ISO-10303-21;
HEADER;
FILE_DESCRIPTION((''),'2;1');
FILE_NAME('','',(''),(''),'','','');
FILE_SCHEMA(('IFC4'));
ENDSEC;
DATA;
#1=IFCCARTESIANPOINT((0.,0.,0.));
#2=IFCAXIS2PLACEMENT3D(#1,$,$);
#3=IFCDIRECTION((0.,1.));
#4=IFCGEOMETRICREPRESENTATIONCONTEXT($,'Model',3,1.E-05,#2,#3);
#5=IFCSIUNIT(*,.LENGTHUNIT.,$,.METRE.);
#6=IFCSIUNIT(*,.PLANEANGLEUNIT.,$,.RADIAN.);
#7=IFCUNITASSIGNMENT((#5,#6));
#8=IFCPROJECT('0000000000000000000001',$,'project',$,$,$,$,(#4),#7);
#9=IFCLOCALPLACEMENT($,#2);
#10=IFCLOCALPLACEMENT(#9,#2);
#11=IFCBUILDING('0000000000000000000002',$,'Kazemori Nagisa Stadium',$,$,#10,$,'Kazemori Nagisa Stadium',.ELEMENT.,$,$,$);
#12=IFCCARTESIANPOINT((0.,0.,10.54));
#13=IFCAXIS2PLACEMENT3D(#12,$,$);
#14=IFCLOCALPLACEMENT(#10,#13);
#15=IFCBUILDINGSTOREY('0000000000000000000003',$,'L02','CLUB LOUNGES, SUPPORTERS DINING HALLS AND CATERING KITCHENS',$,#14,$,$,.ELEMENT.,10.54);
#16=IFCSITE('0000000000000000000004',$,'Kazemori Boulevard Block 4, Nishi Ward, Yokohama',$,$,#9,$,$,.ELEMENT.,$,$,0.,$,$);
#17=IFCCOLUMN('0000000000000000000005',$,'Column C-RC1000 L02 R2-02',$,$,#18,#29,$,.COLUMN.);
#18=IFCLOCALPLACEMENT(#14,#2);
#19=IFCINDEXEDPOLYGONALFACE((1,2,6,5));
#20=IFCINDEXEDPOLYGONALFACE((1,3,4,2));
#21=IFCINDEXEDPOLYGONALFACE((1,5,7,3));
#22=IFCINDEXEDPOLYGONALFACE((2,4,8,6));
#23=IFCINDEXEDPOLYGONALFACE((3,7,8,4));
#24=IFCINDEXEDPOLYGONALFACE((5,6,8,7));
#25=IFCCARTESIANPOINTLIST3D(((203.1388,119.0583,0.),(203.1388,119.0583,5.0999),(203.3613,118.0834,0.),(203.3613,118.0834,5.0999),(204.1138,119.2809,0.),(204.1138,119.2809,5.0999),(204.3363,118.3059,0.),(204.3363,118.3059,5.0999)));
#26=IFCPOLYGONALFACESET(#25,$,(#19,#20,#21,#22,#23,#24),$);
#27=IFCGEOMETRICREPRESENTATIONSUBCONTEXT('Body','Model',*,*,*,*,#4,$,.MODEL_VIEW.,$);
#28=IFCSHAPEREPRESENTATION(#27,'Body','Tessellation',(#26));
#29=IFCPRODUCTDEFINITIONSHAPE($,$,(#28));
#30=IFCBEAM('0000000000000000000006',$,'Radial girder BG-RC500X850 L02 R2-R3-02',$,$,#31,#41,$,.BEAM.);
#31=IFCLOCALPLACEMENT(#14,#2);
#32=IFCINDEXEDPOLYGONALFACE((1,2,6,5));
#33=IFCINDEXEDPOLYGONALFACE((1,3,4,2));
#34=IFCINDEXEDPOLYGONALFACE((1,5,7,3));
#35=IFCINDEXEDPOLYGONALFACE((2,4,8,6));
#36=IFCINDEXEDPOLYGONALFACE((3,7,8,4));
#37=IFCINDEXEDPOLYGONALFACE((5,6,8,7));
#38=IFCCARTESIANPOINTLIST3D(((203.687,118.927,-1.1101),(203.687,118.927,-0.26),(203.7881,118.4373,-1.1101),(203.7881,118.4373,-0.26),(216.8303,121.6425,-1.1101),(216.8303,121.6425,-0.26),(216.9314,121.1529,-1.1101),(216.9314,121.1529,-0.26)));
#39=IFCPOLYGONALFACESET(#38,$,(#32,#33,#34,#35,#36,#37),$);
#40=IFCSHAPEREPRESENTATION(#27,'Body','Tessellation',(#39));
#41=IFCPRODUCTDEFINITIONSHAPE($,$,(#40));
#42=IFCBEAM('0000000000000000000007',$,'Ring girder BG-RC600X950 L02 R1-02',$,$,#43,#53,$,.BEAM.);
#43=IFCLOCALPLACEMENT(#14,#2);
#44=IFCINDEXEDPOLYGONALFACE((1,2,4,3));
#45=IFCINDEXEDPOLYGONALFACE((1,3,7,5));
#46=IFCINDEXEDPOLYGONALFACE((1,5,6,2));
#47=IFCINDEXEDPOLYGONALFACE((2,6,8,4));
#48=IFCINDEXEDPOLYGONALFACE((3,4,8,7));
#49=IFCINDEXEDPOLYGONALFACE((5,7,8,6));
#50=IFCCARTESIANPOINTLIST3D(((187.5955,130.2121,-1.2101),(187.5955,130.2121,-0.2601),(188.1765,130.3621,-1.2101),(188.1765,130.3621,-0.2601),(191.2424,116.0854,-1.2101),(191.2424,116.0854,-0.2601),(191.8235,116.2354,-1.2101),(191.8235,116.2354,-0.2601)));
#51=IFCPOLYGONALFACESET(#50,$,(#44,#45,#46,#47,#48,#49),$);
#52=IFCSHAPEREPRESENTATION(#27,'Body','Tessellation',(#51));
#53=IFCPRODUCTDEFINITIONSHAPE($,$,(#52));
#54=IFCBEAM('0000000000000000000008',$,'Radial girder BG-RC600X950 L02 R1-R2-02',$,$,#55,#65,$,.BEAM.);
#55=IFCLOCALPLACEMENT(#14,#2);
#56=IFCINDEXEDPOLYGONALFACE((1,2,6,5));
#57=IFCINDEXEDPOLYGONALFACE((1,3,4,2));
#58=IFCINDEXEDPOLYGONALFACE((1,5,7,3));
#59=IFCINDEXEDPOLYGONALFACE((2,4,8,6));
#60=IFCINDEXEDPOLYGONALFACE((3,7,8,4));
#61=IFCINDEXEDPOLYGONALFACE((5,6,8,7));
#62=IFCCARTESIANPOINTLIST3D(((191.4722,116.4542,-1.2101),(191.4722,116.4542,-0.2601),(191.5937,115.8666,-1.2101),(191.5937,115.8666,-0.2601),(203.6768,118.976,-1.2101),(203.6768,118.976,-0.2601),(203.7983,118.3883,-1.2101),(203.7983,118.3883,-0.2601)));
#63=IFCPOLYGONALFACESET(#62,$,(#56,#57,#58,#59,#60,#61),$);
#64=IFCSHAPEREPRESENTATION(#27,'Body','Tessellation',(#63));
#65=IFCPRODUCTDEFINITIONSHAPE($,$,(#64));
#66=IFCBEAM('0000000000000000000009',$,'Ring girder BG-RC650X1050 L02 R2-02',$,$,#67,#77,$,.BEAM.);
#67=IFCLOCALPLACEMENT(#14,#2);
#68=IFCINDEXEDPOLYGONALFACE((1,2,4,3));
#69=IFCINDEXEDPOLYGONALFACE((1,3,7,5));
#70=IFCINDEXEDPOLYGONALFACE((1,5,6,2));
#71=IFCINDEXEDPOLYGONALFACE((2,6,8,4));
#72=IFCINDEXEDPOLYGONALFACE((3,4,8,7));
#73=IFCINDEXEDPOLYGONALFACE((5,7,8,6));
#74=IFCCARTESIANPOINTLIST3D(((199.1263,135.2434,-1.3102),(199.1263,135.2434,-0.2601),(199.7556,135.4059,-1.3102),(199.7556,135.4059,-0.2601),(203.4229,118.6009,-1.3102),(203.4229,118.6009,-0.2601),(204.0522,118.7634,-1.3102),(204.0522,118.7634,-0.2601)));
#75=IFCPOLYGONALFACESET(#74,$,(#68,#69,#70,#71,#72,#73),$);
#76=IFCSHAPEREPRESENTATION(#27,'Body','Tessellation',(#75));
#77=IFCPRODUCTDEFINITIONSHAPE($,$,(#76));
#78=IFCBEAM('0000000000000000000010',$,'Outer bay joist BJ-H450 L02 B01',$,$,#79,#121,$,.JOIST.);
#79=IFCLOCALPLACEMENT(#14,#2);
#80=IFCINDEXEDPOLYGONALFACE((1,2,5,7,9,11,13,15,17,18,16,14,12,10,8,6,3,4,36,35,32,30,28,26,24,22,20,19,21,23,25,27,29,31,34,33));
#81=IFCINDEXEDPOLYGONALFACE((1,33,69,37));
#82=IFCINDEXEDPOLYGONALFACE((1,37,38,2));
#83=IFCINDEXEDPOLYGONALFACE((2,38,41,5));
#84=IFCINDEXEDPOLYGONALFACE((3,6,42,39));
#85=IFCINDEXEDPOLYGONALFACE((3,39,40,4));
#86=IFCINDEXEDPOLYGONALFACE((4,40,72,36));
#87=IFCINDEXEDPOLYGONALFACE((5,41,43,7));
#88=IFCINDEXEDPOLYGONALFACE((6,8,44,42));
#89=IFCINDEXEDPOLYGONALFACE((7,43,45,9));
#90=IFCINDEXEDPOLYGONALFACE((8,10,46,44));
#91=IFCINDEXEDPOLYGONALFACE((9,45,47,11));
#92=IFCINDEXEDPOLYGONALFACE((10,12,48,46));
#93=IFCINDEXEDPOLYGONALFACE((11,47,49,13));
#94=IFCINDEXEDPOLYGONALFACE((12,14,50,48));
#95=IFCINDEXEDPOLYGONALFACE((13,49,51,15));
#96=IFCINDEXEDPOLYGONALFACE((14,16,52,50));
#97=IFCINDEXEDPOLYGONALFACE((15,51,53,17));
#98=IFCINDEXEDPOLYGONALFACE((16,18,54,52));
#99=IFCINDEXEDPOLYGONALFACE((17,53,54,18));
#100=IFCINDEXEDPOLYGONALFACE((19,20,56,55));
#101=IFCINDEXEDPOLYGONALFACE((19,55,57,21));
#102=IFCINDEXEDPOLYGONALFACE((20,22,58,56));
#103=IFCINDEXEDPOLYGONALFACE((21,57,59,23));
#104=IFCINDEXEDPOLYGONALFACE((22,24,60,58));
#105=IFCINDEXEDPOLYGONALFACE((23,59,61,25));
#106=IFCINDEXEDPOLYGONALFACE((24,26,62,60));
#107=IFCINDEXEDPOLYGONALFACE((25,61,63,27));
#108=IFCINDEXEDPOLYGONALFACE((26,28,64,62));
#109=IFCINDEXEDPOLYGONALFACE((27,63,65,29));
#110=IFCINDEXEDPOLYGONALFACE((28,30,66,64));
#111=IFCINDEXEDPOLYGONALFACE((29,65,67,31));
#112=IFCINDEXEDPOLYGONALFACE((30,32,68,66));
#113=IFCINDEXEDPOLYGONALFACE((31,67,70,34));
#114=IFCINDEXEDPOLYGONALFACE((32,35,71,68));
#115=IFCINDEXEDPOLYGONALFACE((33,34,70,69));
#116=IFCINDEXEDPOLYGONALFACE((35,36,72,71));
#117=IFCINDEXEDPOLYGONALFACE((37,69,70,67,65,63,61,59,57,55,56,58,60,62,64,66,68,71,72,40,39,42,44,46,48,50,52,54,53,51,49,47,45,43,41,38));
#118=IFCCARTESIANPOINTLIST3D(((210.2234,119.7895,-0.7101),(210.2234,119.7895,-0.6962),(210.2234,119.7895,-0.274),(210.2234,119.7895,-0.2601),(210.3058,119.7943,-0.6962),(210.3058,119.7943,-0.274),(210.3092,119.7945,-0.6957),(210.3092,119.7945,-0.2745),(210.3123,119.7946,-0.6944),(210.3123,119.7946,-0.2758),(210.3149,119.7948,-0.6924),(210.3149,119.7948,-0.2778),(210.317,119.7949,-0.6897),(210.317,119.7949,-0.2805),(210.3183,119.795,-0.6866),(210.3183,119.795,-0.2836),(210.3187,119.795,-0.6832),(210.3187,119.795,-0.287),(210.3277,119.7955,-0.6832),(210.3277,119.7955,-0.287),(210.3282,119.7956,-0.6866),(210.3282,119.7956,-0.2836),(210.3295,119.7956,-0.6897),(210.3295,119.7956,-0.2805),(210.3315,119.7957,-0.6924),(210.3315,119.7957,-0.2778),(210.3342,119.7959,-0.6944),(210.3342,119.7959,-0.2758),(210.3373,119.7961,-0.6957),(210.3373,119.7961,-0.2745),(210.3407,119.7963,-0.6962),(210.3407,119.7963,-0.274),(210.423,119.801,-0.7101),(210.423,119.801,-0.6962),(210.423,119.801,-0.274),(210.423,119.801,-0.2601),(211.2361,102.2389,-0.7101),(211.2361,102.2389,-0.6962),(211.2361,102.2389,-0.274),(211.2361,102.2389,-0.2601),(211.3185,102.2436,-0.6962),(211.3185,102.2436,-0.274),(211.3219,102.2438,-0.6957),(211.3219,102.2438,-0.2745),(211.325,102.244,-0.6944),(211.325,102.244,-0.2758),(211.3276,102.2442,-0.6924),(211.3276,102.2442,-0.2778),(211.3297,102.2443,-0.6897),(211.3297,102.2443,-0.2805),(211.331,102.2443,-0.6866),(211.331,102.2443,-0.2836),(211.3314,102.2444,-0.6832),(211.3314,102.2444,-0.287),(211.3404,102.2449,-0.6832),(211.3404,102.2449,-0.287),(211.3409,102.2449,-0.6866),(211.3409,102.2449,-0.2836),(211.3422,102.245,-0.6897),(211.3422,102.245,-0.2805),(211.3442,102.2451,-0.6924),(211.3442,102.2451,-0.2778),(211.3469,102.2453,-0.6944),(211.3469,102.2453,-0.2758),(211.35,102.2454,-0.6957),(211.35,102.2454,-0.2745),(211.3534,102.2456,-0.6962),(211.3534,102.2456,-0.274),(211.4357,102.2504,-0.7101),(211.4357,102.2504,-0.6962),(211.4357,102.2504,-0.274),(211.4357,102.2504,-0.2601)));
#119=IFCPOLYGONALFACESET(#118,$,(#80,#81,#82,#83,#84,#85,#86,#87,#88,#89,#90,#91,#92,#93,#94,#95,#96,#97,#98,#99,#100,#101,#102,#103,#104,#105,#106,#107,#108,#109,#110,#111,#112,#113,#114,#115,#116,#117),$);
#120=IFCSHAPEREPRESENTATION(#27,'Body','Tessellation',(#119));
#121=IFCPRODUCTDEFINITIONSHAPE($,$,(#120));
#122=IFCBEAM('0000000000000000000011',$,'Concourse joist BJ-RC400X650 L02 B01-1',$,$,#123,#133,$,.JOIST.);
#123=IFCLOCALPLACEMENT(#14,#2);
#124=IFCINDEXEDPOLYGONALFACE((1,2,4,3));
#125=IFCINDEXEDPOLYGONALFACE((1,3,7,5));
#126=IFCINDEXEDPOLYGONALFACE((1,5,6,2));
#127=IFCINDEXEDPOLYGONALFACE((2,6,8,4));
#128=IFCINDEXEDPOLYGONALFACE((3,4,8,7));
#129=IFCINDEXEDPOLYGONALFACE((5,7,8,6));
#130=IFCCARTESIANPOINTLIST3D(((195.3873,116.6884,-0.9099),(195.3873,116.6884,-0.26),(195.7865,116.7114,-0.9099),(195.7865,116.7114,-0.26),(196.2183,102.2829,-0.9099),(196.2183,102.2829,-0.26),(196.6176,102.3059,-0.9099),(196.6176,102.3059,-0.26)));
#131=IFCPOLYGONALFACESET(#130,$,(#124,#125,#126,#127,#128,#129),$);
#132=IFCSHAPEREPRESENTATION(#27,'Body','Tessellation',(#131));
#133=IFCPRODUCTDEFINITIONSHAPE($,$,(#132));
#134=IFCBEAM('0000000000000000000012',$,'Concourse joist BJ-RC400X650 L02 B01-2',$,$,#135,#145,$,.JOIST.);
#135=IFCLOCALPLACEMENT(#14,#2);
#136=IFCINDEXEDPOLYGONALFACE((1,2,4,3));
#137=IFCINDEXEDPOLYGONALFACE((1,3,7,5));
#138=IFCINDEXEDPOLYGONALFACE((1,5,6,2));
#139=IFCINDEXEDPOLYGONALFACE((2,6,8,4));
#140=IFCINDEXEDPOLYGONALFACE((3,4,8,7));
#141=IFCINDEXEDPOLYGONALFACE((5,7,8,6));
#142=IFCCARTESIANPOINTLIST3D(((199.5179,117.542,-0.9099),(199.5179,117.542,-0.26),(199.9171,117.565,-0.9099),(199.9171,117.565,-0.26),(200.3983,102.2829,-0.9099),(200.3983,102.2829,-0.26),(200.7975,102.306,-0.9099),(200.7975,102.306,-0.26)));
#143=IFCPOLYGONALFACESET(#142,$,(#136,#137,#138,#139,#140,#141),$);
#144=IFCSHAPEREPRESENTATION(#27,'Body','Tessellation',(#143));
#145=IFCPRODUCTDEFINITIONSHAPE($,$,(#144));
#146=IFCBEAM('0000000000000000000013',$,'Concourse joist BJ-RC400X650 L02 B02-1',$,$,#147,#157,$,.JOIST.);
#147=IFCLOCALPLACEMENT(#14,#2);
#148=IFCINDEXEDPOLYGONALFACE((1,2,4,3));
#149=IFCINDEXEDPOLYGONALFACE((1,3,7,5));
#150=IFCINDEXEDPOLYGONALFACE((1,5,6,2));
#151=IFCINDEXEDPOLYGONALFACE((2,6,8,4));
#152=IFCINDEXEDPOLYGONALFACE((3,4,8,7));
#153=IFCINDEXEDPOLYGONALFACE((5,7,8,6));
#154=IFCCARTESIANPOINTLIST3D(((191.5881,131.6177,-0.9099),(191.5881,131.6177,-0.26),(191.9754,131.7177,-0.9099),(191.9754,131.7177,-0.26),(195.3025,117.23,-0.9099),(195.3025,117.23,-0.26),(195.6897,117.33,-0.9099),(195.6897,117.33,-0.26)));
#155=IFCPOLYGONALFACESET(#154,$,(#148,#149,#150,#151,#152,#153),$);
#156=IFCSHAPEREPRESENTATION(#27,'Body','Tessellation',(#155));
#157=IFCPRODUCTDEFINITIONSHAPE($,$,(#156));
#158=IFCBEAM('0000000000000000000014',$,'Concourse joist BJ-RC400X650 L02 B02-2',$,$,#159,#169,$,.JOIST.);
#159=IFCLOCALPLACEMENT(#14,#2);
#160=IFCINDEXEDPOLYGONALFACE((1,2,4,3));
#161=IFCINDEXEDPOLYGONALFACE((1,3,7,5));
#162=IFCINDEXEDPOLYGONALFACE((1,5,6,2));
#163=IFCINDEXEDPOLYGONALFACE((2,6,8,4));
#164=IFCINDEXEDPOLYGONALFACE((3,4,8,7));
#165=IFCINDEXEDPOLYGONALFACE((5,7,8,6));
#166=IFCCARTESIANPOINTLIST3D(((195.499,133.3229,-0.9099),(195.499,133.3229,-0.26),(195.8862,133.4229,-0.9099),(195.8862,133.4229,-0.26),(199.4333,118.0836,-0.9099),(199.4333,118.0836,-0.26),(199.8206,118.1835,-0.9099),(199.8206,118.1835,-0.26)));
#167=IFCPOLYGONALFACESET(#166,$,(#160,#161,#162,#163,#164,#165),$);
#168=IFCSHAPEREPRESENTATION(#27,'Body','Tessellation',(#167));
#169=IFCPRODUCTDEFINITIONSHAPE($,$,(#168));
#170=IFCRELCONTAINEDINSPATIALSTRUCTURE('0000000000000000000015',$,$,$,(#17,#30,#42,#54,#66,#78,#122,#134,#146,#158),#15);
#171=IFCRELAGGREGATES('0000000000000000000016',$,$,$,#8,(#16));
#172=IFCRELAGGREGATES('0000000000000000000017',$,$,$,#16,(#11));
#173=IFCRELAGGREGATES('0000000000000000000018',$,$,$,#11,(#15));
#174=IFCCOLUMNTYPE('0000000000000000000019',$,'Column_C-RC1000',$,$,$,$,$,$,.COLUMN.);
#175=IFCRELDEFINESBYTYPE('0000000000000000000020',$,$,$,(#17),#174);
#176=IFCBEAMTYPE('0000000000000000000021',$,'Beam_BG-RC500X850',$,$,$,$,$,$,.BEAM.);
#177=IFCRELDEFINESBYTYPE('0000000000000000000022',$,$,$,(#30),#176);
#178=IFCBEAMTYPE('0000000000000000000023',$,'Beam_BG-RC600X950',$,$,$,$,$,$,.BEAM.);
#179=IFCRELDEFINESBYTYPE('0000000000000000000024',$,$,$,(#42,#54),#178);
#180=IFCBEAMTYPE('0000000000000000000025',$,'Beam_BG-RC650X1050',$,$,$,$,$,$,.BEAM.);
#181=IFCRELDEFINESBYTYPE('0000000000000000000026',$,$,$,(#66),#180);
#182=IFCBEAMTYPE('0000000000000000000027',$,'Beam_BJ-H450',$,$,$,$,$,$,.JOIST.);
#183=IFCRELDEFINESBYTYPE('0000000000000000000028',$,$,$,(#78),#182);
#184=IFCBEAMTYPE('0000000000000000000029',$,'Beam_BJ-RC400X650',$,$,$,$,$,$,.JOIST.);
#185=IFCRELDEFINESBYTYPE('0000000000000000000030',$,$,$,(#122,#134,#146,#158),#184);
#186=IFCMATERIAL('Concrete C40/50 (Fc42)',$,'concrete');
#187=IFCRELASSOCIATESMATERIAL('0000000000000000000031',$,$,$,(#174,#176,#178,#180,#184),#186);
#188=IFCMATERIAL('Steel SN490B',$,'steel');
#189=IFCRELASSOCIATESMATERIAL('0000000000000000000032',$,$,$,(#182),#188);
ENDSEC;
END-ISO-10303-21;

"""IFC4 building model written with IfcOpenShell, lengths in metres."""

from ifc_helpers import new_model, si_unit, direction, frame, origin, origin_2d, place, context, subcontext, project, spatial, rectangle, i_section, extrude, material, material_profile, profile_set, type_object, element, save


model = new_model("IFC4")

# Units and contexts
model_context = context("Model", 3, precision=1e-05, world=origin(), true_north=direction((0.0, 1.0)))
body_context = subcontext(model_context, "Body", "Model", "MODEL_VIEW")
ifc_project = project(units=[si_unit("LENGTHUNIT", "METRE"), si_unit("PLANEANGLEUNIT", "RADIAN")], contexts=[model_context])

# Site, building, storey
site_placement = place(None, origin())
site = spatial("IfcSite", under=ifc_project, at=site_placement, Name="Kazemori Boulevard Block 4, Nishi Ward, Yokohama", CompositionType="ELEMENT", RefElevation=0.0)
building_placement = place(site_placement, origin())
building = spatial("IfcBuilding", under=site, at=building_placement, Name="Kazemori Nagisa Stadium", LongName="Kazemori Nagisa Stadium", CompositionType="ELEMENT")
storey_placement = place(building_placement, frame((0.0, 0.0, 10.54)))
storey = spatial("IfcBuildingStorey", under=building, at=storey_placement, Name="L02", Description="CLUB LOUNGES, SUPPORTERS DINING HALLS AND CATERING KITCHENS", CompositionType="ELEMENT", Elevation=10.54)

# Column
ifc_material_1 = material(Name="Concrete C40/50 (Fc42)", Category="concrete")
ifc_material_profile_1 = material_profile(ifc_material_1, rectangle(XDim=1.0, YDim=1.0, at=origin_2d()), Name="RC-COL-1000x1000")
ifc_profile_set_1 = profile_set([ifc_material_profile_1], Name="Concrete C40/50 (Fc42)")
column_type_1 = type_object("IfcColumnType", Name="Column_C-RC1000", PredefinedType="COLUMN", material=ifc_profile_set_1)
column_1_placement = place(storey_placement, frame((203.7375, 118.6821, 0.0), z_axis=(0.0, 0.0, 1.0), x_axis=(0.974928, 0.222521, 0.0)))
element("IfcColumn", 1, at=column_1_placement, inside=storey, type_object=column_type_1, Name="Column C-RC1000 L02 R2-02", PredefinedType="COLUMN", context=body_context, shape_type="SweptSolid", body=[
    extrude(rectangle(XDim=1.0, YDim=1.0, at=origin_2d()), origin(), (0.0, 0.0, 1.0), 5.0999),
])

# Beams
ifc_material_profile_2 = material_profile(ifc_material_1, rectangle(XDim=0.5, YDim=0.8501, at=origin_2d()), Name="RC-BM-500x850")
ifc_profile_set_2 = profile_set([ifc_material_profile_2], Name="Concrete C40/50 (Fc42)")
beam_type_1 = type_object("IfcBeamType", Name="Beam_BG-RC500X850", PredefinedType="BEAM", material=ifc_profile_set_2)
beam_1_placement = place(storey_placement, frame((203.7375, 118.6821, -0.6851), z_axis=(0.979316, 0.202339, 0.0), x_axis=(-0.202339, 0.979316, 0.0)))
element("IfcBeam", 2, at=beam_1_placement, inside=storey, type_object=beam_type_1, Name="Radial girder BG-RC500X850 L02 R2-R3-02", PredefinedType="BEAM", context=body_context, shape_type="SweptSolid", body=[
    extrude(rectangle(XDim=0.5, YDim=0.8501, at=origin_2d()), origin(), (0.0, 0.0, 1.0), 13.4209),
])
ifc_material_profile_3 = material_profile(ifc_material_1, rectangle(XDim=0.6001, YDim=0.95, at=origin_2d()), Name="RC-BM-600x950")
ifc_profile_set_3 = profile_set([ifc_material_profile_3], Name="Concrete C40/50 (Fc42)")
beam_type_2 = type_object("IfcBeamType", Name="Beam_BG-RC600X950", PredefinedType="BEAM", material=ifc_profile_set_3)
beam_2_placement = place(storey_placement, frame((191.533, 116.1604, -0.7351), z_axis=(-0.249966, 0.968255, 0.0), x_axis=(-0.968255, -0.249966, 0.0)))
element("IfcBeam", 3, at=beam_2_placement, inside=storey, type_object=beam_type_2, Name="Ring girder BG-RC600X950 L02 R1-02", PredefinedType="BEAM", context=body_context, shape_type="SweptSolid", body=[
    extrude(rectangle(XDim=0.6001, YDim=0.95, at=origin_2d()), origin(), (0.0, 0.0, 1.0), 14.5898),
])
beam_3_placement = place(storey_placement, frame((191.533, 116.1604, -0.7351), z_axis=(0.979314, 0.202347, 0.0), x_axis=(-0.202347, 0.979314, 0.0)))
element("IfcBeam", 4, at=beam_3_placement, inside=storey, type_object=beam_type_2, Name="Radial girder BG-RC600X950 L02 R1-R2-02", PredefinedType="BEAM", context=body_context, shape_type="SweptSolid", body=[
    extrude(rectangle(XDim=0.6001, YDim=0.95, at=origin_2d()), origin(), (0.0, 0.0, 1.0), 12.4624),
])
ifc_material_profile_4 = material_profile(ifc_material_1, rectangle(XDim=0.6499, YDim=1.05, at=origin_2d()), Name="RC-BM-650x1050")
ifc_profile_set_4 = profile_set([ifc_material_profile_4], Name="Concrete C40/50 (Fc42)")
beam_type_3 = type_object("IfcBeamType", Name="Beam_BG-RC650X1050", PredefinedType="BEAM", material=ifc_profile_set_4)
beam_4_placement = place(storey_placement, frame((203.7375, 118.6821, -0.7852), z_axis=(-0.249975, 0.968252, 0.0), x_axis=(-0.968252, -0.249975, 0.0)))
element("IfcBeam", 5, at=beam_4_placement, inside=storey, type_object=beam_type_3, Name="Ring girder BG-RC650X1050 L02 R2-02", PredefinedType="BEAM", context=body_context, shape_type="SweptSolid", body=[
    extrude(rectangle(XDim=0.6499, YDim=1.05, at=origin_2d()), origin(), (0.0, 0.0, 1.0), 17.1882),
])
ifc_material_2 = material(Name="Steel SN490B", Category="steel")
ifc_material_profile_5 = material_profile(ifc_material_2, i_section(OverallWidth=0.2, OverallDepth=0.45, WebThickness=0.009, FlangeThickness=0.0139, FilletRadius=0.0129, at=origin_2d()), Name="H-450x200x9x14")
ifc_profile_set_5 = profile_set([ifc_material_profile_5], Name="Steel SN490B")
beam_type_4 = type_object("IfcBeamType", Name="Beam_BJ-H450", PredefinedType="JOIST", material=ifc_profile_set_5)
beam_5_placement = place(storey_placement, frame((211.3359, 102.2446, -0.4851), z_axis=(-0.057606, 0.998339, 0.0), x_axis=(-0.998339, -0.057606, 0.0)))
element("IfcBeam", 6, at=beam_5_placement, inside=storey, type_object=beam_type_4, Name="Outer bay joist BJ-H450 L02 B01", PredefinedType="JOIST", context=body_context, shape_type="SweptSolid", body=[
    extrude(i_section(OverallWidth=0.2, OverallDepth=0.45, WebThickness=0.009, FlangeThickness=0.0139, FilletRadius=0.0129, at=origin_2d()), origin(), (0.0, 0.0, 1.0), 17.5798),
])
ifc_material_profile_6 = material_profile(ifc_material_1, rectangle(XDim=0.3999, YDim=0.6499, at=origin_2d()), Name="RC-BM-400x650")
ifc_profile_set_6 = profile_set([ifc_material_profile_6], Name="Concrete C40/50 (Fc42)")
beam_type_5 = type_object("IfcBeamType", Name="Beam_BJ-RC400X650", PredefinedType="JOIST", material=ifc_profile_set_6)
beam_6_placement = place(storey_placement, frame((196.418, 102.2944, -0.585), z_axis=(-0.057594, 0.99834, 0.0), x_axis=(-0.99834, -0.057594, 0.0)))
element("IfcBeam", 7, at=beam_6_placement, inside=storey, type_object=beam_type_5, Name="Concourse joist BJ-RC400X650 L02 B01-1", PredefinedType="JOIST", context=body_context, shape_type="SweptSolid", body=[
    extrude(rectangle(XDim=0.3999, YDim=0.6499, at=origin_2d()), origin(), (0.0, 0.0, 1.0), 14.4294),
])
beam_7_placement = place(storey_placement, frame((200.5979, 102.2944, -0.585), z_axis=(-0.057599, 0.99834, 0.0), x_axis=(-0.99834, -0.057599, 0.0)))
element("IfcBeam", 8, at=beam_7_placement, inside=storey, type_object=beam_type_5, Name="Concourse joist BJ-RC400X650 L02 B01-2", PredefinedType="JOIST", context=body_context, shape_type="SweptSolid", body=[
    extrude(rectangle(XDim=0.3999, YDim=0.6499, at=origin_2d()), origin(), (0.0, 0.0, 1.0), 15.2844),
])
beam_8_placement = place(storey_placement, frame((195.4961, 117.28, -0.585), z_axis=(-0.249966, 0.968254, 0.0), x_axis=(-0.968254, -0.249966, 0.0)))
element("IfcBeam", 9, at=beam_8_placement, inside=storey, type_object=beam_type_5, Name="Concourse joist BJ-RC400X650 L02 B02-1", PredefinedType="JOIST", context=body_context, shape_type="SweptSolid", body=[
    extrude(rectangle(XDim=0.3999, YDim=0.6499, at=origin_2d()), origin(), (0.0, 0.0, 1.0), 14.8594),
])
beam_9_placement = place(storey_placement, frame((199.627, 118.1335, -0.585), z_axis=(-0.249974, 0.968252, 0.0), x_axis=(-0.968252, -0.249974, 0.0)))
element("IfcBeam", 10, at=beam_9_placement, inside=storey, type_object=beam_type_5, Name="Concourse joist BJ-RC400X650 L02 B02-2", PredefinedType="JOIST", context=body_context, shape_type="SweptSolid", body=[
    extrude(rectangle(XDim=0.3999, YDim=0.6499, at=origin_2d()), origin(), (0.0, 0.0, 1.0), 15.739),
])

save(model, "model.ifc")
